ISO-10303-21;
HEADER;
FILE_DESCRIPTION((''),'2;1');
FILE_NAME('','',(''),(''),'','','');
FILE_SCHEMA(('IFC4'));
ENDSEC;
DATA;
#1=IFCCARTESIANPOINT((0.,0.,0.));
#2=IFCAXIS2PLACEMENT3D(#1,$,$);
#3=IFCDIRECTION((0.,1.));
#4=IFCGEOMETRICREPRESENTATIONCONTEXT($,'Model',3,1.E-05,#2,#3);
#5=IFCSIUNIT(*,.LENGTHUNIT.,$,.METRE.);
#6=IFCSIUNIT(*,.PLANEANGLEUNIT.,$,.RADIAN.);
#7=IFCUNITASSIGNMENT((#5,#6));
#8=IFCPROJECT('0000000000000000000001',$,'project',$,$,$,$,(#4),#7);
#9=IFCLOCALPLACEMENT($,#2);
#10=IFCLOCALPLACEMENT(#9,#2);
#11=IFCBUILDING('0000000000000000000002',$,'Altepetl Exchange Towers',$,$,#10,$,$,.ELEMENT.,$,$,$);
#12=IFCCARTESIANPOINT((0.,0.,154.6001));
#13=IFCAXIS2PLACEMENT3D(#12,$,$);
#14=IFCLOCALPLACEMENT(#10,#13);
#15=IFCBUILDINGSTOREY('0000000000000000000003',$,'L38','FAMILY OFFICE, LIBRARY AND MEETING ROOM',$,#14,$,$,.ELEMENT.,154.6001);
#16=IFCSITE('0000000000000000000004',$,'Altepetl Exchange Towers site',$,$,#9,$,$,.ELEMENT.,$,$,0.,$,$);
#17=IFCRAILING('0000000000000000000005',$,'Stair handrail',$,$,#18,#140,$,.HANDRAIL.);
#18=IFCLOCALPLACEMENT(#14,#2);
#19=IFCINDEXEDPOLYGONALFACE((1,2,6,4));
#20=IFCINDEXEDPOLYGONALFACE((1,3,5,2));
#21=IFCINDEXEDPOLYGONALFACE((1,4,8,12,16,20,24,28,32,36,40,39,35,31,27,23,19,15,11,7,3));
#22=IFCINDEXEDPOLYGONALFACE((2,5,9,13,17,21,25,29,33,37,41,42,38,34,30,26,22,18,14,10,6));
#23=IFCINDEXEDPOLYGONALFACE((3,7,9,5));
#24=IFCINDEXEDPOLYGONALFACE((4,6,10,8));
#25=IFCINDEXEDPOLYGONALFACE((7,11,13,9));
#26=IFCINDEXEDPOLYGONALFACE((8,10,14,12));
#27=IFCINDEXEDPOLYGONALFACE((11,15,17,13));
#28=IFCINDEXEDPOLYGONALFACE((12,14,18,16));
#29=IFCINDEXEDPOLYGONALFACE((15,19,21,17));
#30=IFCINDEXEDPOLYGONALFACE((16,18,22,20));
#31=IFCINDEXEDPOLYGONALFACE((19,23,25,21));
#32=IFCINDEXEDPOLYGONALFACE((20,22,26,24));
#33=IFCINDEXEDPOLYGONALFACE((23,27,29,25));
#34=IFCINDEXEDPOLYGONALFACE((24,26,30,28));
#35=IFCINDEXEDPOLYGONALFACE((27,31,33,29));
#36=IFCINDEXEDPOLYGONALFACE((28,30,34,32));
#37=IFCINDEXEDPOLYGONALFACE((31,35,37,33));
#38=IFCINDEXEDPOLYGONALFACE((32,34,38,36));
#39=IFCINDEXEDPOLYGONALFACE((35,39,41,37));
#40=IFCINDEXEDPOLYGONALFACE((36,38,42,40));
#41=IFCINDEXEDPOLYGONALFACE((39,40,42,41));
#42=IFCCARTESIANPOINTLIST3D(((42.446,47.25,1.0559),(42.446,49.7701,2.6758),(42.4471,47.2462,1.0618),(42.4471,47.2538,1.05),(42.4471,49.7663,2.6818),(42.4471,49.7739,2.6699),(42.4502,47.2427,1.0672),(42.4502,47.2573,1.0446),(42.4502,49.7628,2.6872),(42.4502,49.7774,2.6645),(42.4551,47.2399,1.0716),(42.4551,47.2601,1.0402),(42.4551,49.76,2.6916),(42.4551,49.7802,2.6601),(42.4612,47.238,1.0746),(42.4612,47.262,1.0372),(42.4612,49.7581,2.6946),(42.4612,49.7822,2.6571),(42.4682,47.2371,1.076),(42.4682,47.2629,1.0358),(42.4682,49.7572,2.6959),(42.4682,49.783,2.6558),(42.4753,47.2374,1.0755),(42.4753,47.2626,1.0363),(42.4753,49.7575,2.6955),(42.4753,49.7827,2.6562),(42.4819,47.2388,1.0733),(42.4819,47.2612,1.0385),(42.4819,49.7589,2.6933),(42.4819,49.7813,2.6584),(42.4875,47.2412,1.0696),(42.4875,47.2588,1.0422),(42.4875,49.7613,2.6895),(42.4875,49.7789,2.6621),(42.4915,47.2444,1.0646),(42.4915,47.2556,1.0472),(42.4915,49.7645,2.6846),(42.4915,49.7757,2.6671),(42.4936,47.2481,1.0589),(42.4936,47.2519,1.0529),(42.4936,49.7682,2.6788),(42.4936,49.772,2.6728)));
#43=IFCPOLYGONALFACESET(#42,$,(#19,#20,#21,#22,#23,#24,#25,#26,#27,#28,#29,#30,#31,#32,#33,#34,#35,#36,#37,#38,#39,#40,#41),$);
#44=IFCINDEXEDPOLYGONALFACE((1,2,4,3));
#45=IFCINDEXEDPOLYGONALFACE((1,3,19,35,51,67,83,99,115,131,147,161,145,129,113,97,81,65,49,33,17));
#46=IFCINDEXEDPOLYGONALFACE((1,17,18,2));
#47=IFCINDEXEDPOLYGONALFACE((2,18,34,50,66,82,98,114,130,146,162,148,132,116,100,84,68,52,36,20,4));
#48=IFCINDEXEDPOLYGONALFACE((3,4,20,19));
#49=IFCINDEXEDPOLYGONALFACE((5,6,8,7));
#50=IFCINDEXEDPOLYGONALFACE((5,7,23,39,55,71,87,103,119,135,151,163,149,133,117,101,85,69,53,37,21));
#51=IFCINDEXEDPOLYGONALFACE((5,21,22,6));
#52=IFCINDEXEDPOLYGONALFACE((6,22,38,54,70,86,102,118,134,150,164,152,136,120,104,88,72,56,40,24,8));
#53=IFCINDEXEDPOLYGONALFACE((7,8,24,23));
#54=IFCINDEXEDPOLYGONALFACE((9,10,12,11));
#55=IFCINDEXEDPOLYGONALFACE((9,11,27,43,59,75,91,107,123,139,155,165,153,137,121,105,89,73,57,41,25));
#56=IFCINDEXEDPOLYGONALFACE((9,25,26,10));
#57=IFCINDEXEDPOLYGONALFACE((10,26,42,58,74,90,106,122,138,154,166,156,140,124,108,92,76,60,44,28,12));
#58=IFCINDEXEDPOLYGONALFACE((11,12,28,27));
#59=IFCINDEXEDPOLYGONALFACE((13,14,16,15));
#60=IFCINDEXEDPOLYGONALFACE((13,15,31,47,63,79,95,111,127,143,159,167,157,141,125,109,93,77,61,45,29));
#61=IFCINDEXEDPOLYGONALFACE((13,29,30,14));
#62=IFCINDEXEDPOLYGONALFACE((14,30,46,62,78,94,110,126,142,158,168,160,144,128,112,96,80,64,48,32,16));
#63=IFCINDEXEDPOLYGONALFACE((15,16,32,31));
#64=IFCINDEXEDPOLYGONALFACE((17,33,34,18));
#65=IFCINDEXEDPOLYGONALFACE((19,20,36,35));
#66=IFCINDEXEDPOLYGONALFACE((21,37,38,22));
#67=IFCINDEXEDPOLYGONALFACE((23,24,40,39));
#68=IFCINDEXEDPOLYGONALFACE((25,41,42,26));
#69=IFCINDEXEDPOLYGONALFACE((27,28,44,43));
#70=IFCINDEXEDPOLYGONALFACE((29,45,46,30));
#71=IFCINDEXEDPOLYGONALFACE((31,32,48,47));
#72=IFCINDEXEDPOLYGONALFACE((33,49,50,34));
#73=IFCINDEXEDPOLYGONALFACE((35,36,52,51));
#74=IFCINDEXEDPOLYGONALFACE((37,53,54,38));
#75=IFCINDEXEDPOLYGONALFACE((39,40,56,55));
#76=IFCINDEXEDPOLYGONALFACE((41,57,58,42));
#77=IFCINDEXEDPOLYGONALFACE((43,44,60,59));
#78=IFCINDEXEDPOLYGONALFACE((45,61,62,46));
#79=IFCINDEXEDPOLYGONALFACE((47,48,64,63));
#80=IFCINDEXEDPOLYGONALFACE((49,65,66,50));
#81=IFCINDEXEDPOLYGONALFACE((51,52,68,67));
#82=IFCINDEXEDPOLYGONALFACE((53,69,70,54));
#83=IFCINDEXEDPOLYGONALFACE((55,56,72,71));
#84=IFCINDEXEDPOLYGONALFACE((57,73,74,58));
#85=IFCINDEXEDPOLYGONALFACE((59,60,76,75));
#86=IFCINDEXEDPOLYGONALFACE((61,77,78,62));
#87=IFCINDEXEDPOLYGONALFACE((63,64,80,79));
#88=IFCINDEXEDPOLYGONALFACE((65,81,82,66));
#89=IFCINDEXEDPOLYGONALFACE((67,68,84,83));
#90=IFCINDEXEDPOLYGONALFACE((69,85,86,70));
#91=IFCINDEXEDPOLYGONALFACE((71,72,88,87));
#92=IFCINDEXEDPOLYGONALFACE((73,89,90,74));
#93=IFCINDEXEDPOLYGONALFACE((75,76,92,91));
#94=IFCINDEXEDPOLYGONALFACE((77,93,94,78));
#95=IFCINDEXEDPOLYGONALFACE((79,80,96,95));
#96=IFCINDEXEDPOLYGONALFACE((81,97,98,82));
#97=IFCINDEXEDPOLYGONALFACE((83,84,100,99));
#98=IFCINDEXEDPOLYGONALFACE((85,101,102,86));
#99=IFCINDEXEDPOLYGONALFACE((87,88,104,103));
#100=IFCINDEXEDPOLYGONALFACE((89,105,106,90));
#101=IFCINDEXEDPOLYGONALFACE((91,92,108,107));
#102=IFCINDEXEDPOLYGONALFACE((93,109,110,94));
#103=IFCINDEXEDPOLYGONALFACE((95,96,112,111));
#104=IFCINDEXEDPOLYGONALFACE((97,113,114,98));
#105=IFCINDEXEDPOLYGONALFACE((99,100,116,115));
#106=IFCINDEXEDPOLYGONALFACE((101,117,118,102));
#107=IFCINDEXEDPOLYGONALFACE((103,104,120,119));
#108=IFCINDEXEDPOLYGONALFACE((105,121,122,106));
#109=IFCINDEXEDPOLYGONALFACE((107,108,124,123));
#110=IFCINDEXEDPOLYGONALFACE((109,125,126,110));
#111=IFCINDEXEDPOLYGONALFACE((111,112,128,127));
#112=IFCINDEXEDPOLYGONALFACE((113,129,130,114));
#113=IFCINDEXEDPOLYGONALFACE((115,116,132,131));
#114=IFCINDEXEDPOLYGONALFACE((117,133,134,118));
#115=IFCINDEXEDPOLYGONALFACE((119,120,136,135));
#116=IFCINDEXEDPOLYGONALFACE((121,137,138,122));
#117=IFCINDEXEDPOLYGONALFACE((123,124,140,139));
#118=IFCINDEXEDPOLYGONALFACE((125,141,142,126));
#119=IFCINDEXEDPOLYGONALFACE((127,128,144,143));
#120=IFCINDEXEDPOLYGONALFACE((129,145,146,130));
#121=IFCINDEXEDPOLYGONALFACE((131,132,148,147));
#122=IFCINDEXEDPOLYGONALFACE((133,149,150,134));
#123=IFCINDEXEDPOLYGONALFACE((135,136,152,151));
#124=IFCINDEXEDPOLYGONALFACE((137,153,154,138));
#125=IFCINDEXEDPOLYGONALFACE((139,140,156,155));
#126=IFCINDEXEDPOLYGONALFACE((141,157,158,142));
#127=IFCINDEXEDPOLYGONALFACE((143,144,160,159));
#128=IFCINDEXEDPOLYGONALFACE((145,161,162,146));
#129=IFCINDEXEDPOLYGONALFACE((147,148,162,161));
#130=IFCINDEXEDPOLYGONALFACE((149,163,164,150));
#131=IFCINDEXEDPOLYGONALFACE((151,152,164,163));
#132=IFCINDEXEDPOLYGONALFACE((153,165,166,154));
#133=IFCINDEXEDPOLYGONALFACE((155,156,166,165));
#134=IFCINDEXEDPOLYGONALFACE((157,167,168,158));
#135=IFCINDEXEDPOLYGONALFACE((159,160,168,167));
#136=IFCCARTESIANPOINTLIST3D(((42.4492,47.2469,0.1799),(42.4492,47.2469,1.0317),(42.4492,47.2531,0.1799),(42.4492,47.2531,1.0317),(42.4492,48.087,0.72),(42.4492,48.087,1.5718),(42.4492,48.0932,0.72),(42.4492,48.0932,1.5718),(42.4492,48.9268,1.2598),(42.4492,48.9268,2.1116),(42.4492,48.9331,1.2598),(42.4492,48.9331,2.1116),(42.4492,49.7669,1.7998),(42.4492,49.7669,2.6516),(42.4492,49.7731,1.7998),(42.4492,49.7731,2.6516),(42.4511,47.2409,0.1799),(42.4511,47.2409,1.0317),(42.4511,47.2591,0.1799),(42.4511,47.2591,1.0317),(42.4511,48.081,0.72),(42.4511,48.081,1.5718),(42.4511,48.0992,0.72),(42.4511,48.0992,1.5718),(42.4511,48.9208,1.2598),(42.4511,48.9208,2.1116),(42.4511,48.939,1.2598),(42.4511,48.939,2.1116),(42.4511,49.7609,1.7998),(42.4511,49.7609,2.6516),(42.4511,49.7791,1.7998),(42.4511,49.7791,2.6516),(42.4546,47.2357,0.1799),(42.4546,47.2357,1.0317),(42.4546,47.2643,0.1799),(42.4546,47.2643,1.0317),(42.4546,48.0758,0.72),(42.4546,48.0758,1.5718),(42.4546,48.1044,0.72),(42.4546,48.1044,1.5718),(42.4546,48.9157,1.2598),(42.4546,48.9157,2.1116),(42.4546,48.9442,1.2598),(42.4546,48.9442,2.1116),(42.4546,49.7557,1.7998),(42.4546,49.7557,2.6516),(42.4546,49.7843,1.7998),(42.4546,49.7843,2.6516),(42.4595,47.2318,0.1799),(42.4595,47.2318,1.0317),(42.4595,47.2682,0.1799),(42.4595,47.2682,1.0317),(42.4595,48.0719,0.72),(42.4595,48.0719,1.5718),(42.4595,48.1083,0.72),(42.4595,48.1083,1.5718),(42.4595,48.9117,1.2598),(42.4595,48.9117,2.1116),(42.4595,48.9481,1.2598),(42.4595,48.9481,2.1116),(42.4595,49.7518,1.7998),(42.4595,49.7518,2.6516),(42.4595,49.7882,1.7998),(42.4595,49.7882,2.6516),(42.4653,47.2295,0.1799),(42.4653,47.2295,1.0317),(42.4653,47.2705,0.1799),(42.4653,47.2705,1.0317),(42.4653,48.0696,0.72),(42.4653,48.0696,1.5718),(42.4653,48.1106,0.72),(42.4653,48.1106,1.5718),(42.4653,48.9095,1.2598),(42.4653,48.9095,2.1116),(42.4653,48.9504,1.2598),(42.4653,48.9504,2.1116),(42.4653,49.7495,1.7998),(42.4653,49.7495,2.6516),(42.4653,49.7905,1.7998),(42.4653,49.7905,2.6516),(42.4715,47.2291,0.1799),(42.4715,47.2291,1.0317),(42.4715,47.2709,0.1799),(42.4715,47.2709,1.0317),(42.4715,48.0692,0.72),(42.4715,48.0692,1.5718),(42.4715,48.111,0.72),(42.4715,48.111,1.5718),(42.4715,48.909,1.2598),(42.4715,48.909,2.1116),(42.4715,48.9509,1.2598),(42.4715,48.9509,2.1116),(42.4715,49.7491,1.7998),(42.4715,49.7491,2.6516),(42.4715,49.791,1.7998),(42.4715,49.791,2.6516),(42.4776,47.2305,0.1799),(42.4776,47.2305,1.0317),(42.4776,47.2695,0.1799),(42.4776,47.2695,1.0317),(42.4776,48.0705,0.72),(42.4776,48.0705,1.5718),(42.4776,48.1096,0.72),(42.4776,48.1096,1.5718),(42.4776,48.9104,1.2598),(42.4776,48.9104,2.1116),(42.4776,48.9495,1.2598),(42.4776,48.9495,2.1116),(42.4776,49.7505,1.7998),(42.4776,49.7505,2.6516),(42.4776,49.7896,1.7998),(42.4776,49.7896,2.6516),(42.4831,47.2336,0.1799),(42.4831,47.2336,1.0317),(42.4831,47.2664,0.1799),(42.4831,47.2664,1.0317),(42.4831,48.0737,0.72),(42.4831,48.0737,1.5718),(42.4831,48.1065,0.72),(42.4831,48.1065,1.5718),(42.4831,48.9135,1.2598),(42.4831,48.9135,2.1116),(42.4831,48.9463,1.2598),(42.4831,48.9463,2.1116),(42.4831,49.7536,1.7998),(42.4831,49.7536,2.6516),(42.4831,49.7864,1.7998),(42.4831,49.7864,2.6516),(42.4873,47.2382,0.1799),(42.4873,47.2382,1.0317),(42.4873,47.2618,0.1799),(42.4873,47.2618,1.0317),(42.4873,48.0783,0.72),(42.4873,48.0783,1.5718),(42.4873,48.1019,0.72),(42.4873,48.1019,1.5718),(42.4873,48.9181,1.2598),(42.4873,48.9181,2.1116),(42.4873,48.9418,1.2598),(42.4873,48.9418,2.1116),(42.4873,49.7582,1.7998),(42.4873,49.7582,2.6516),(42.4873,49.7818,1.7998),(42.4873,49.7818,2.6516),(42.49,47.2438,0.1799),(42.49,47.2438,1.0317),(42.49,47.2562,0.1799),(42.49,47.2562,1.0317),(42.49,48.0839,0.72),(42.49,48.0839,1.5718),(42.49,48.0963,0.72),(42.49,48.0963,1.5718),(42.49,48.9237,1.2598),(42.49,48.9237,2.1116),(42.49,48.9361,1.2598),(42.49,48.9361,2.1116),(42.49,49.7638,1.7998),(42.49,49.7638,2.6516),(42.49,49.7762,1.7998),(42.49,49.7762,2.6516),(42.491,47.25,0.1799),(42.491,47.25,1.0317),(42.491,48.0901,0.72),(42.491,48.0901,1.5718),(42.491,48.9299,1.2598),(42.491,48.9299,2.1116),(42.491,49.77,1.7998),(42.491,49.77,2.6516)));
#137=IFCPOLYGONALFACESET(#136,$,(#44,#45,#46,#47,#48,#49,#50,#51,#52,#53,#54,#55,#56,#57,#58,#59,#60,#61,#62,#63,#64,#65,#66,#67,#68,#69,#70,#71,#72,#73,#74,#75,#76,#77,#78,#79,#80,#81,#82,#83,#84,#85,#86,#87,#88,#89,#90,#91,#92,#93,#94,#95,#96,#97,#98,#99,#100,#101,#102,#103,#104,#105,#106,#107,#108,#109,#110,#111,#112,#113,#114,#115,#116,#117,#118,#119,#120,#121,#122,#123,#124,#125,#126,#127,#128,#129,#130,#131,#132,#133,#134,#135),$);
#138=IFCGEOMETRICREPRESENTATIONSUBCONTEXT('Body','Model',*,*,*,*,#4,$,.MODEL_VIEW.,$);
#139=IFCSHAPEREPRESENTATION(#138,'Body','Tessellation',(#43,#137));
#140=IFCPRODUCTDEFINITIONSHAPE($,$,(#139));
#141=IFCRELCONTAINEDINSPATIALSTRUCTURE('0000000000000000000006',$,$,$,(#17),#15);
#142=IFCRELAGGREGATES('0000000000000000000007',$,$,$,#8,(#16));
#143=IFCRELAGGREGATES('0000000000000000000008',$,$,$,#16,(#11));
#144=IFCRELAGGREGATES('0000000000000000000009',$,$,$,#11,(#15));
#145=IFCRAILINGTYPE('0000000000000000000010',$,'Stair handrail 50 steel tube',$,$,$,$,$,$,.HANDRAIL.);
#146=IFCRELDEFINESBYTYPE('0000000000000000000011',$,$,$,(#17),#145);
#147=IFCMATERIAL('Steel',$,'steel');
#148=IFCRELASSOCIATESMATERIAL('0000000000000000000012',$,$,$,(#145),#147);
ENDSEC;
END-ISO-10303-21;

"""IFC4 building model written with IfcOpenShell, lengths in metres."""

from ifc_helpers import new_model, si_unit, direction, frame, origin, origin_2d, place, context, subcontext, project, spatial, circle, extrude, source, transform, mapped, material, type_object, element, save


model = new_model("IFC4")

# Units and contexts
model_context = context("Model", 3, precision=1e-05, world=origin(), true_north=direction((0.0, 1.0)))
body_context = subcontext(model_context, "Body", "Model", "MODEL_VIEW")
ifc_project = project(units=[si_unit("LENGTHUNIT", "METRE"), si_unit("PLANEANGLEUNIT", "RADIAN")], contexts=[model_context])

# Site, building, storey
site_placement = place(None, origin())
site = spatial("IfcSite", under=ifc_project, at=site_placement, Name="Altepetl Exchange Towers site", CompositionType="ELEMENT", RefElevation=0.0)
building_placement = place(site_placement, origin())
building = spatial("IfcBuilding", under=site, at=building_placement, Name="Altepetl Exchange Towers", CompositionType="ELEMENT")
storey_placement = place(building_placement, frame((0.0, 0.0, 154.6001)))
storey = spatial("IfcBuildingStorey", under=building, at=storey_placement, Name="L38", Description="FAMILY OFFICE, LIBRARY AND MEETING ROOM", CompositionType="ELEMENT", Elevation=154.6001)

# Railing
ifc_material_1 = material(Name="Steel", Category="steel")
railing_type = type_object("IfcRailingType", Name="Stair handrail 50 steel tube", PredefinedType="HANDRAIL", material=ifc_material_1)
shared_shape = source(origin(), body_context, "Body", "SweptSolid", [
    extrude(circle(Radius=0.021, at=origin_2d()), origin(), (0.0, 0.0, 1.0), 0.8518),
])
railing_1_placement = place(storey_placement, frame((42.47, 47.25, 0.1799)))
element("IfcRailing", 1, at=railing_1_placement, inside=storey, type_object=railing_type, Name="Stair handrail", PredefinedType="HANDRAIL", context=body_context, shape_type="SweptSolid", body=[
    extrude(circle(Radius=0.0239, at=origin_2d()), frame((0.0, 0.0, 0.876), z_axis=(0.0, 0.8412, 0.540725), x_axis=(-1.0, 0.0, 0.0)), (0.0, 0.0, 1.0), 2.9958),
    mapped(shared_shape, transform((0.0, 0.0, 0.0))),
    mapped(shared_shape, transform((0.0, 0.8401, 0.54))),
    mapped(shared_shape, transform((0.0, 1.6799, 1.0798))),
    mapped(shared_shape, transform((0.0, 2.52, 1.6199))),
])

save(model, "model.ifc")
